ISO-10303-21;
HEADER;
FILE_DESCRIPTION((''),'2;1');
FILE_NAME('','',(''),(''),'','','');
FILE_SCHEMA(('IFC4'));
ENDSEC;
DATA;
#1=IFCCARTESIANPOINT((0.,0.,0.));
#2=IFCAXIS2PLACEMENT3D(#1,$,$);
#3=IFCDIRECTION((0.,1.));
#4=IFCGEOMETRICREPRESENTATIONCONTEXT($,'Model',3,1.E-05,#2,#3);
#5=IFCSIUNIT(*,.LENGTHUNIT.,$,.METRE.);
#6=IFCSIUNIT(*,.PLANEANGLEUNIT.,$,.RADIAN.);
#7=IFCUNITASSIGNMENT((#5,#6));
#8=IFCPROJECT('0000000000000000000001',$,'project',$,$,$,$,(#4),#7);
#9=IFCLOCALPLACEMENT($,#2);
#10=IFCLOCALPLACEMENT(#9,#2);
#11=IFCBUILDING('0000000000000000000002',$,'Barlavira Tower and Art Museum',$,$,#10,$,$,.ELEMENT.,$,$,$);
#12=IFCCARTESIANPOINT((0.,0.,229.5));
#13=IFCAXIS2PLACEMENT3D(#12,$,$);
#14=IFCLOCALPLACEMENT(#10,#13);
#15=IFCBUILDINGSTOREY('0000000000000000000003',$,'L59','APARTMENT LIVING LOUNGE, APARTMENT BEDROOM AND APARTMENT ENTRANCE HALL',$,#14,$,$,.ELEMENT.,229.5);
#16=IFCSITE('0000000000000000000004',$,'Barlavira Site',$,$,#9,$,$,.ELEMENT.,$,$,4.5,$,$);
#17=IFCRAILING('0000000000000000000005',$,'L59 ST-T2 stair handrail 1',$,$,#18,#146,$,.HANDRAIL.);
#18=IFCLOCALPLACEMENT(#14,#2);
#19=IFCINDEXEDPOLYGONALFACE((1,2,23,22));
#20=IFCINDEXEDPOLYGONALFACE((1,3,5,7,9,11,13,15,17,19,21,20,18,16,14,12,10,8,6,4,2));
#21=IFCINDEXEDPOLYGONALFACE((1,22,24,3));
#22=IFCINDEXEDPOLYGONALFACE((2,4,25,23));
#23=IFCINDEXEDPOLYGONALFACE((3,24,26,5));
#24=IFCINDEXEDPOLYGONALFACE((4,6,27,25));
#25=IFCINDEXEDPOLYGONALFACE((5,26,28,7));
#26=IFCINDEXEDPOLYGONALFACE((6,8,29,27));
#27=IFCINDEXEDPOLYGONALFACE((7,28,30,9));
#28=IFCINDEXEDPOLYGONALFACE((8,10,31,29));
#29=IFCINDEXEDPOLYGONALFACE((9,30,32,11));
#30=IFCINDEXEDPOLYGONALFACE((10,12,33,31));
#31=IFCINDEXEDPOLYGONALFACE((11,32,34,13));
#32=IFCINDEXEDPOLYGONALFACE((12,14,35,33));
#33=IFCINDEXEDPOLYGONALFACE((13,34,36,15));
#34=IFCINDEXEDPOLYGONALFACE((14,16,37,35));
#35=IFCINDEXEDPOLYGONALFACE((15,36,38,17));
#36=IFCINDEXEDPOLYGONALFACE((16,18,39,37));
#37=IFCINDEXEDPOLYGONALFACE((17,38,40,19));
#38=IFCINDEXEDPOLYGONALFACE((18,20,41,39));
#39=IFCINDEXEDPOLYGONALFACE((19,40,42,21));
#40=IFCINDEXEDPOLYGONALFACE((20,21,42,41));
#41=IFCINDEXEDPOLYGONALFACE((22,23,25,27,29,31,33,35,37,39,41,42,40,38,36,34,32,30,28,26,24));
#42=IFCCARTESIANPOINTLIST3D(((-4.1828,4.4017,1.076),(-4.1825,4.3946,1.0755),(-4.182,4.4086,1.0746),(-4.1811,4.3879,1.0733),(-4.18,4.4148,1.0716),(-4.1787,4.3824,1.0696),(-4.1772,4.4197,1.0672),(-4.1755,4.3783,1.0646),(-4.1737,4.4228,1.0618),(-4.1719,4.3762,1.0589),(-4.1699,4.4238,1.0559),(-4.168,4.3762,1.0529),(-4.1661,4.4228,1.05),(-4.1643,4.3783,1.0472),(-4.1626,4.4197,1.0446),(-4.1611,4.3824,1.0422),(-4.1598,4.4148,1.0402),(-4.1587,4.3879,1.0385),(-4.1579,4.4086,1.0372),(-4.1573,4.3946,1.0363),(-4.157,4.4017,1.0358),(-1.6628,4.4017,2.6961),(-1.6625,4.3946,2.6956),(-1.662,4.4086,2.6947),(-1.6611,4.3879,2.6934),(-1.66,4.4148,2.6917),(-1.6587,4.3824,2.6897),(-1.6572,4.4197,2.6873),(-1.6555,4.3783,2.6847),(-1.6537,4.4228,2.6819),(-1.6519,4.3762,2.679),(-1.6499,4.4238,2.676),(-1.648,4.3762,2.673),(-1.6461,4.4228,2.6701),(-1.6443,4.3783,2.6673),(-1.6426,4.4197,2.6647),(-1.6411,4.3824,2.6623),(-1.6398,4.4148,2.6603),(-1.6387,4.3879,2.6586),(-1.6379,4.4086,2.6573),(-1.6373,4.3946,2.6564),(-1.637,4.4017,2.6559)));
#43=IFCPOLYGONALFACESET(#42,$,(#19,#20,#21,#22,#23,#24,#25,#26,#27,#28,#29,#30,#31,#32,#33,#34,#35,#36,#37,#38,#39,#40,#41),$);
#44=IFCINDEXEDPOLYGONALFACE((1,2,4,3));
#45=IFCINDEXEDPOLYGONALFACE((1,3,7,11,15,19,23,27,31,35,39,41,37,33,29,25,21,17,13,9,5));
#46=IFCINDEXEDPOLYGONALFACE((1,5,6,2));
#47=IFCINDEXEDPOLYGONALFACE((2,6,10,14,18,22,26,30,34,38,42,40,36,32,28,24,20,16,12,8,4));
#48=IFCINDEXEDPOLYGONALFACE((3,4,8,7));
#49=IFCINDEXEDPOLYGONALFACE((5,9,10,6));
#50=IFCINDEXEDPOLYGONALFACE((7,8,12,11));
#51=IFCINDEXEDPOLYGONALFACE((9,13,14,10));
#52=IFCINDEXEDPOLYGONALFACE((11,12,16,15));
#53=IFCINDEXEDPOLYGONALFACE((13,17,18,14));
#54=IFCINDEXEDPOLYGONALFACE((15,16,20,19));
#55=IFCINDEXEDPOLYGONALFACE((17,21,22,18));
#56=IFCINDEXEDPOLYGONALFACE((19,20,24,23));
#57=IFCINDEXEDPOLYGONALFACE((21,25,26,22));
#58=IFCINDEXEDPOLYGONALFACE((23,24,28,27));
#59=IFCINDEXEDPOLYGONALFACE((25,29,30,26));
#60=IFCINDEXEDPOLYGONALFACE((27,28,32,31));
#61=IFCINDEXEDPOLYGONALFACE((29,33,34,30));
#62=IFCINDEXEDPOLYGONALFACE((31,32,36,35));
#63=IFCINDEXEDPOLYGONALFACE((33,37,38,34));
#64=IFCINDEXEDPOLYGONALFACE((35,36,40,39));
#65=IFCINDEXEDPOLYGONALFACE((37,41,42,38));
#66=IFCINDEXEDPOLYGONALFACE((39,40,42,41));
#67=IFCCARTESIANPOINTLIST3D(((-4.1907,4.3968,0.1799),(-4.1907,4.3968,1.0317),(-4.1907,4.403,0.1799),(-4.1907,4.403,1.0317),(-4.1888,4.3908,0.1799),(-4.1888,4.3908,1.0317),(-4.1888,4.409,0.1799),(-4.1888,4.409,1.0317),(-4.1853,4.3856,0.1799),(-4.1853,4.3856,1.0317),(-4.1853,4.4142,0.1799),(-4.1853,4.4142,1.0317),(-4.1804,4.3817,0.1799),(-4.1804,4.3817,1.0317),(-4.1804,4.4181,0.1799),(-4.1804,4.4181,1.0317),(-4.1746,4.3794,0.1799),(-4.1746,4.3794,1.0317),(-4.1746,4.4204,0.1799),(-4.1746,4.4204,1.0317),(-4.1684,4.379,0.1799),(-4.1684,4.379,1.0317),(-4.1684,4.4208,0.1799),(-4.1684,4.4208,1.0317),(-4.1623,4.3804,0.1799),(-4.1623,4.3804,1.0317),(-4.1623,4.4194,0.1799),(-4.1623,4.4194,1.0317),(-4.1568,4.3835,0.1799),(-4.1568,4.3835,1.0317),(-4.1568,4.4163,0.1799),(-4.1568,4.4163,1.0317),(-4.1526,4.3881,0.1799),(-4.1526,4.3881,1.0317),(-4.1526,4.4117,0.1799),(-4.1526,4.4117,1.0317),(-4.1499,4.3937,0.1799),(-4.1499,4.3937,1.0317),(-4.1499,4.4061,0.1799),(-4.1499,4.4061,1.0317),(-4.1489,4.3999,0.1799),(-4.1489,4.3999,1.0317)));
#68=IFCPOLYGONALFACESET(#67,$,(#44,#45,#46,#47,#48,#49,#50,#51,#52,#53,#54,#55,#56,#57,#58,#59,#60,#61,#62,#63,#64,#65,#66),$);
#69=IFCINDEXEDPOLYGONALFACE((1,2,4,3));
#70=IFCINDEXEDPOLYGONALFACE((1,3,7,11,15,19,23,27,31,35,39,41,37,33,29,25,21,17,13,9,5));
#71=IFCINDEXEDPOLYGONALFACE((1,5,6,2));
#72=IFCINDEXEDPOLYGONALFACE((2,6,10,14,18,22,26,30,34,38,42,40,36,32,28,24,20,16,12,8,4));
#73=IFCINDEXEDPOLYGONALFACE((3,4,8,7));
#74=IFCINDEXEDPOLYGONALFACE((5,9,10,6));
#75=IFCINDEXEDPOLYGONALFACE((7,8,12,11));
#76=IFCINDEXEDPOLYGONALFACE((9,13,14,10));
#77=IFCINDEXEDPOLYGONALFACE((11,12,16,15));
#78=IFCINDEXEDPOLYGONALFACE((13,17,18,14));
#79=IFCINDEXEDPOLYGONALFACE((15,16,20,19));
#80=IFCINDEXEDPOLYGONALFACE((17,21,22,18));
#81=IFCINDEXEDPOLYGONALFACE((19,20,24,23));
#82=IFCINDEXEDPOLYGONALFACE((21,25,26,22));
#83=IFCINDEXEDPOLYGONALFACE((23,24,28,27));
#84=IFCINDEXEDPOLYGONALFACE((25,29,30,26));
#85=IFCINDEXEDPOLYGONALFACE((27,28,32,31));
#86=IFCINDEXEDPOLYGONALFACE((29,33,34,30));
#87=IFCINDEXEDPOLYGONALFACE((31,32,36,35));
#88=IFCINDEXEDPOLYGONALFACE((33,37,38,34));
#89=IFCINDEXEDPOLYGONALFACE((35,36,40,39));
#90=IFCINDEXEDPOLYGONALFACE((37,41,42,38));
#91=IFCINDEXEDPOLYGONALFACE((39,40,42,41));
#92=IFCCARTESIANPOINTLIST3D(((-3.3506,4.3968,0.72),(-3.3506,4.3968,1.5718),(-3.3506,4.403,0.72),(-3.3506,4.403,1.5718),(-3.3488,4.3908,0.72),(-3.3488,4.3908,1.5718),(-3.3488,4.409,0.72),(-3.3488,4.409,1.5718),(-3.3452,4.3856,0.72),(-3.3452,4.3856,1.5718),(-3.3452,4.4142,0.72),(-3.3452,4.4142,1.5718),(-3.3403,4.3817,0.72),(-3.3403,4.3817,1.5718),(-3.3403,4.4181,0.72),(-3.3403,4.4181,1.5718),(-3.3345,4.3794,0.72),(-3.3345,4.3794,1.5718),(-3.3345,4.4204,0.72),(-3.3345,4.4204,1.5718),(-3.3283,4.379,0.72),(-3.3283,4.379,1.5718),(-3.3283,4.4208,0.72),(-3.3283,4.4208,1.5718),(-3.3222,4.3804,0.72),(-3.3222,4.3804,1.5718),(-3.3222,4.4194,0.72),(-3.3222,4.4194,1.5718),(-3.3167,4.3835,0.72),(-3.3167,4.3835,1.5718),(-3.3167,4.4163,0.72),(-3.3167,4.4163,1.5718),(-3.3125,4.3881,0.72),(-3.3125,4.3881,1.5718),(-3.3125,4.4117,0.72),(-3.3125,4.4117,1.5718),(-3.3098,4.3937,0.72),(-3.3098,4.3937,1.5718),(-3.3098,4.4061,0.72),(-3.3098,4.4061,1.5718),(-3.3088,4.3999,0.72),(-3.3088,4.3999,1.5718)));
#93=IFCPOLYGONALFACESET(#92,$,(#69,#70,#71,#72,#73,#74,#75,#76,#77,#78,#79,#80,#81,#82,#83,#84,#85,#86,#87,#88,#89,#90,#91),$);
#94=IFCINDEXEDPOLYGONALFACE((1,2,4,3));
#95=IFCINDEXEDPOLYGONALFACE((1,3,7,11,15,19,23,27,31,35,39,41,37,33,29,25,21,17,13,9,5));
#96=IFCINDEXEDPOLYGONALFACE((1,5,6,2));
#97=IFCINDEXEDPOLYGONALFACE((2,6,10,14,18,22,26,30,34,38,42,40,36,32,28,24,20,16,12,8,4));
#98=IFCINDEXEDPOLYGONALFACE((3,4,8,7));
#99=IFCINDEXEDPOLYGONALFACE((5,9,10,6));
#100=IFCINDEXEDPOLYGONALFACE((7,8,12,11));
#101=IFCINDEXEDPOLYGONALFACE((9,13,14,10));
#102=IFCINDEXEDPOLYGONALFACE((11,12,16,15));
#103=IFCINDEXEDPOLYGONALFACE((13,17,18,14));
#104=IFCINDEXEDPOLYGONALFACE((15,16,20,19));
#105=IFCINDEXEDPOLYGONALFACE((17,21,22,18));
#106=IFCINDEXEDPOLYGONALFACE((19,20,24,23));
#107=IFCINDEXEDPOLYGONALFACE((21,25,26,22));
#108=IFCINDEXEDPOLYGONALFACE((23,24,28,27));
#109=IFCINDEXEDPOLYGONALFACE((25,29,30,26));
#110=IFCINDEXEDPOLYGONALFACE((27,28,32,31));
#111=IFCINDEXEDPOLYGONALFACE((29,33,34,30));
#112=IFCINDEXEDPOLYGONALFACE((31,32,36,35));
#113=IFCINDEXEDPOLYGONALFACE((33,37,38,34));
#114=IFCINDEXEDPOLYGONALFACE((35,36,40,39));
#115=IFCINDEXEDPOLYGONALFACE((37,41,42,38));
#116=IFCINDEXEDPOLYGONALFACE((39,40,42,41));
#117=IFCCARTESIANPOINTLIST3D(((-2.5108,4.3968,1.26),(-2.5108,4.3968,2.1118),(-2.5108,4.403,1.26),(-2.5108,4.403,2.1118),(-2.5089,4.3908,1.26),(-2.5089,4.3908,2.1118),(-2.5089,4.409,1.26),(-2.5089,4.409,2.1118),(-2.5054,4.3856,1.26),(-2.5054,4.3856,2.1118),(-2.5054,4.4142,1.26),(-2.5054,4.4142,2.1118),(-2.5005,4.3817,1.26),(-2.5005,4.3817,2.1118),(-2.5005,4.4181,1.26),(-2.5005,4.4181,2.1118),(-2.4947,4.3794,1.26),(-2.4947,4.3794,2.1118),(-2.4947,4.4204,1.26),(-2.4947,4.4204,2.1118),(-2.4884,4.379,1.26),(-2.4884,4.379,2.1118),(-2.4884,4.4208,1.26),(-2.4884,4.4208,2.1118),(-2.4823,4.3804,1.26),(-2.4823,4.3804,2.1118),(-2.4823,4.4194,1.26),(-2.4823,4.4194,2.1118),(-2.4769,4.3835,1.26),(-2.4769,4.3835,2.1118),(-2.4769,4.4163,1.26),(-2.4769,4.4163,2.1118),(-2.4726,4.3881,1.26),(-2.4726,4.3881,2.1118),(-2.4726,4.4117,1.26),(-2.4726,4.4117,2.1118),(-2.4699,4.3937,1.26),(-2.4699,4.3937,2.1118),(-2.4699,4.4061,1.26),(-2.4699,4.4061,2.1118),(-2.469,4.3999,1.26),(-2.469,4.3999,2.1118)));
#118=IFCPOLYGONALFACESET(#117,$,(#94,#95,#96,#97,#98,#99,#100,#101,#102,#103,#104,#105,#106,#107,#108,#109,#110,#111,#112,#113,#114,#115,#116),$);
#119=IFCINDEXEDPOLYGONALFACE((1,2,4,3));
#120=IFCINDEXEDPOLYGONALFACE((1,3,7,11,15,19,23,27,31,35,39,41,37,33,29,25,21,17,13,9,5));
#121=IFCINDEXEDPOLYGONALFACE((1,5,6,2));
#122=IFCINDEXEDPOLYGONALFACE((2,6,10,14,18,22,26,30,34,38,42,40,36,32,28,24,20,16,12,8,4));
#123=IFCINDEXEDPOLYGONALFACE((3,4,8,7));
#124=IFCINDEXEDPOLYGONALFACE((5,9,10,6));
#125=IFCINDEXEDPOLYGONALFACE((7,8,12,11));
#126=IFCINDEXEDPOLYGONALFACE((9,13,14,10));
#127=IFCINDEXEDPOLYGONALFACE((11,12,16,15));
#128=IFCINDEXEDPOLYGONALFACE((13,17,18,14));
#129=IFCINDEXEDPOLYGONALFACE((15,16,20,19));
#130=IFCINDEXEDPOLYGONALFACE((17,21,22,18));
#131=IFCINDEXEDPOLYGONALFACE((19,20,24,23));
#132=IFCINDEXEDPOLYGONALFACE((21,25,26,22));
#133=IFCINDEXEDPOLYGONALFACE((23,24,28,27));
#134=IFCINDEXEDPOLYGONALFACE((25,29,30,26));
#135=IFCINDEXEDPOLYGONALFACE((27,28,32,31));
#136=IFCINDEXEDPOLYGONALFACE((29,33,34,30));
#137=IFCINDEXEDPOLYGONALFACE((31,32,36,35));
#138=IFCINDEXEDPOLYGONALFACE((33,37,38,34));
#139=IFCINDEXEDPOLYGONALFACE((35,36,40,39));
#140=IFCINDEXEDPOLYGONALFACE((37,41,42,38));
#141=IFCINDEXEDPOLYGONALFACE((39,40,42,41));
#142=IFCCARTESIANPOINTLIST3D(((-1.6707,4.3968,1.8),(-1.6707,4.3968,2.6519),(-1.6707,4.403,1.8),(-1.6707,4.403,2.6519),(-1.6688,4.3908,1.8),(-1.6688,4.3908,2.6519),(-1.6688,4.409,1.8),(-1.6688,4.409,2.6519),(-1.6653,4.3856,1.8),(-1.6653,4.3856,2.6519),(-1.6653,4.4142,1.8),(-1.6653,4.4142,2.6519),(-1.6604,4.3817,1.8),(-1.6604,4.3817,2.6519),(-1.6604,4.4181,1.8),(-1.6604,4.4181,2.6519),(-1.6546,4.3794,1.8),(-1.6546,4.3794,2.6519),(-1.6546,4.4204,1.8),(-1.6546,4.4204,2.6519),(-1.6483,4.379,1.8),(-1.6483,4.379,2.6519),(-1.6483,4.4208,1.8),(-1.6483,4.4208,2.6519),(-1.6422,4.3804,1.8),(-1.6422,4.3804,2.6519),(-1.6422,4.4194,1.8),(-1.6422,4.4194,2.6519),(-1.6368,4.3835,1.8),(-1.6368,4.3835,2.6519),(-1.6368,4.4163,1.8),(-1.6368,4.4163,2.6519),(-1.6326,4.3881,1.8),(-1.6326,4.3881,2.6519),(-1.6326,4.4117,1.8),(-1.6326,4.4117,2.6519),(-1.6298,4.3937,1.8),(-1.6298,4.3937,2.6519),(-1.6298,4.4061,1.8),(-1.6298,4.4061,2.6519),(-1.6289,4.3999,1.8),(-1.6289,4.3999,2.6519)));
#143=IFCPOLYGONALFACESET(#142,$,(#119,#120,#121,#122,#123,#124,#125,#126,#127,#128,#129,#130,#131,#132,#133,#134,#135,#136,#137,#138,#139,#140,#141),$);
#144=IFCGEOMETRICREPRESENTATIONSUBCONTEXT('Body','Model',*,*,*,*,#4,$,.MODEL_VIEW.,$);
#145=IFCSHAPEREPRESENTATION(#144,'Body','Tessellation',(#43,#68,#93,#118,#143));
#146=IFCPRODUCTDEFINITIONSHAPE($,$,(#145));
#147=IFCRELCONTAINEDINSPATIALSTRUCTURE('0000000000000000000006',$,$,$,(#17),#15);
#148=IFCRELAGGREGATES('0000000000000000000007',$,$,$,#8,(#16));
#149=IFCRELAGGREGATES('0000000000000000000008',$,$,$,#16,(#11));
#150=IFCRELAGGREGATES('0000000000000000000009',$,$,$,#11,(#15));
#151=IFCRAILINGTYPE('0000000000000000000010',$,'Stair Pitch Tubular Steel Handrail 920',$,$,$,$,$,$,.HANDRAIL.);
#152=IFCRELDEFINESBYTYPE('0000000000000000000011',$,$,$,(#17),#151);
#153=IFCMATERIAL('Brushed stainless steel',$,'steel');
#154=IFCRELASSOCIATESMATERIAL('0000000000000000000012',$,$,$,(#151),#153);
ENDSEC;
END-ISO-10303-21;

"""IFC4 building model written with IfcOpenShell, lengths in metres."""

from ifc_helpers import new_model, si_unit, direction, frame, origin, origin_2d, place, context, subcontext, project, spatial, circle, extrude, material, type_object, element, save


model = new_model("IFC4")

# Units and contexts
model_context = context("Model", 3, precision=1e-05, world=origin(), true_north=direction((0.0, 1.0)))
body_context = subcontext(model_context, "Body", "Model", "MODEL_VIEW")
ifc_project = project(units=[si_unit("LENGTHUNIT", "METRE"), si_unit("PLANEANGLEUNIT", "RADIAN")], contexts=[model_context])

# Site, building, storey
site_placement = place(None, origin())
site = spatial("IfcSite", under=ifc_project, at=site_placement, Name="Barlavira Site", CompositionType="ELEMENT", RefElevation=4.5)
building_placement = place(site_placement, origin())
building = spatial("IfcBuilding", under=site, at=building_placement, Name="Barlavira Tower and Art Museum", CompositionType="ELEMENT")
storey_placement = place(building_placement, frame((0.0, 0.0, 229.5)))
storey = spatial("IfcBuildingStorey", under=building, at=storey_placement, Name="L59", Description="APARTMENT LIVING LOUNGE, APARTMENT BEDROOM AND APARTMENT ENTRANCE HALL", CompositionType="ELEMENT", Elevation=229.5)

# Shared definitions
ifc_material_1 = material(Name="Brushed stainless steel", Category="steel")

# Railing
railing_type_1 = type_object("IfcRailingType", Name="Stair Pitch Tubular Steel Handrail 920", PredefinedType="HANDRAIL", material=ifc_material_1)
railing_1_placement = place(storey_placement, frame((-4.1699, 4.3999, 0.1799)))
element("IfcRailing", 1, at=railing_1_placement, inside=storey, type_object=railing_type_1, Name="L59 ST-T2 stair handrail 1", PredefinedType="HANDRAIL", context=body_context, shape_type="SweptSolid", body=[
    extrude(circle(Radius=0.0239, at=origin_2d()), frame((0.0, 0.0, 0.876), z_axis=(0.841163, 0.0, 0.540782), x_axis=(0.0, 1.0, 0.0)), (0.0, 0.0, 1.0), 2.9958),
    extrude(circle(Radius=0.021, at=origin_2d()), origin(), (0.0, 0.0, 1.0), 0.8518),
    extrude(circle(Radius=0.021, at=origin_2d()), frame((0.8401, 0.0, 0.54)), (0.0, 0.0, 1.0), 0.8518),
    extrude(circle(Radius=0.021, at=origin_2d()), frame((1.6799, 0.0, 1.0801)), (0.0, 0.0, 1.0), 0.8518),
    extrude(circle(Radius=0.021, at=origin_2d()), frame((2.52, 0.0, 1.6201)), (0.0, 0.0, 1.0), 0.8518),
])

save(model, "model.ifc")
